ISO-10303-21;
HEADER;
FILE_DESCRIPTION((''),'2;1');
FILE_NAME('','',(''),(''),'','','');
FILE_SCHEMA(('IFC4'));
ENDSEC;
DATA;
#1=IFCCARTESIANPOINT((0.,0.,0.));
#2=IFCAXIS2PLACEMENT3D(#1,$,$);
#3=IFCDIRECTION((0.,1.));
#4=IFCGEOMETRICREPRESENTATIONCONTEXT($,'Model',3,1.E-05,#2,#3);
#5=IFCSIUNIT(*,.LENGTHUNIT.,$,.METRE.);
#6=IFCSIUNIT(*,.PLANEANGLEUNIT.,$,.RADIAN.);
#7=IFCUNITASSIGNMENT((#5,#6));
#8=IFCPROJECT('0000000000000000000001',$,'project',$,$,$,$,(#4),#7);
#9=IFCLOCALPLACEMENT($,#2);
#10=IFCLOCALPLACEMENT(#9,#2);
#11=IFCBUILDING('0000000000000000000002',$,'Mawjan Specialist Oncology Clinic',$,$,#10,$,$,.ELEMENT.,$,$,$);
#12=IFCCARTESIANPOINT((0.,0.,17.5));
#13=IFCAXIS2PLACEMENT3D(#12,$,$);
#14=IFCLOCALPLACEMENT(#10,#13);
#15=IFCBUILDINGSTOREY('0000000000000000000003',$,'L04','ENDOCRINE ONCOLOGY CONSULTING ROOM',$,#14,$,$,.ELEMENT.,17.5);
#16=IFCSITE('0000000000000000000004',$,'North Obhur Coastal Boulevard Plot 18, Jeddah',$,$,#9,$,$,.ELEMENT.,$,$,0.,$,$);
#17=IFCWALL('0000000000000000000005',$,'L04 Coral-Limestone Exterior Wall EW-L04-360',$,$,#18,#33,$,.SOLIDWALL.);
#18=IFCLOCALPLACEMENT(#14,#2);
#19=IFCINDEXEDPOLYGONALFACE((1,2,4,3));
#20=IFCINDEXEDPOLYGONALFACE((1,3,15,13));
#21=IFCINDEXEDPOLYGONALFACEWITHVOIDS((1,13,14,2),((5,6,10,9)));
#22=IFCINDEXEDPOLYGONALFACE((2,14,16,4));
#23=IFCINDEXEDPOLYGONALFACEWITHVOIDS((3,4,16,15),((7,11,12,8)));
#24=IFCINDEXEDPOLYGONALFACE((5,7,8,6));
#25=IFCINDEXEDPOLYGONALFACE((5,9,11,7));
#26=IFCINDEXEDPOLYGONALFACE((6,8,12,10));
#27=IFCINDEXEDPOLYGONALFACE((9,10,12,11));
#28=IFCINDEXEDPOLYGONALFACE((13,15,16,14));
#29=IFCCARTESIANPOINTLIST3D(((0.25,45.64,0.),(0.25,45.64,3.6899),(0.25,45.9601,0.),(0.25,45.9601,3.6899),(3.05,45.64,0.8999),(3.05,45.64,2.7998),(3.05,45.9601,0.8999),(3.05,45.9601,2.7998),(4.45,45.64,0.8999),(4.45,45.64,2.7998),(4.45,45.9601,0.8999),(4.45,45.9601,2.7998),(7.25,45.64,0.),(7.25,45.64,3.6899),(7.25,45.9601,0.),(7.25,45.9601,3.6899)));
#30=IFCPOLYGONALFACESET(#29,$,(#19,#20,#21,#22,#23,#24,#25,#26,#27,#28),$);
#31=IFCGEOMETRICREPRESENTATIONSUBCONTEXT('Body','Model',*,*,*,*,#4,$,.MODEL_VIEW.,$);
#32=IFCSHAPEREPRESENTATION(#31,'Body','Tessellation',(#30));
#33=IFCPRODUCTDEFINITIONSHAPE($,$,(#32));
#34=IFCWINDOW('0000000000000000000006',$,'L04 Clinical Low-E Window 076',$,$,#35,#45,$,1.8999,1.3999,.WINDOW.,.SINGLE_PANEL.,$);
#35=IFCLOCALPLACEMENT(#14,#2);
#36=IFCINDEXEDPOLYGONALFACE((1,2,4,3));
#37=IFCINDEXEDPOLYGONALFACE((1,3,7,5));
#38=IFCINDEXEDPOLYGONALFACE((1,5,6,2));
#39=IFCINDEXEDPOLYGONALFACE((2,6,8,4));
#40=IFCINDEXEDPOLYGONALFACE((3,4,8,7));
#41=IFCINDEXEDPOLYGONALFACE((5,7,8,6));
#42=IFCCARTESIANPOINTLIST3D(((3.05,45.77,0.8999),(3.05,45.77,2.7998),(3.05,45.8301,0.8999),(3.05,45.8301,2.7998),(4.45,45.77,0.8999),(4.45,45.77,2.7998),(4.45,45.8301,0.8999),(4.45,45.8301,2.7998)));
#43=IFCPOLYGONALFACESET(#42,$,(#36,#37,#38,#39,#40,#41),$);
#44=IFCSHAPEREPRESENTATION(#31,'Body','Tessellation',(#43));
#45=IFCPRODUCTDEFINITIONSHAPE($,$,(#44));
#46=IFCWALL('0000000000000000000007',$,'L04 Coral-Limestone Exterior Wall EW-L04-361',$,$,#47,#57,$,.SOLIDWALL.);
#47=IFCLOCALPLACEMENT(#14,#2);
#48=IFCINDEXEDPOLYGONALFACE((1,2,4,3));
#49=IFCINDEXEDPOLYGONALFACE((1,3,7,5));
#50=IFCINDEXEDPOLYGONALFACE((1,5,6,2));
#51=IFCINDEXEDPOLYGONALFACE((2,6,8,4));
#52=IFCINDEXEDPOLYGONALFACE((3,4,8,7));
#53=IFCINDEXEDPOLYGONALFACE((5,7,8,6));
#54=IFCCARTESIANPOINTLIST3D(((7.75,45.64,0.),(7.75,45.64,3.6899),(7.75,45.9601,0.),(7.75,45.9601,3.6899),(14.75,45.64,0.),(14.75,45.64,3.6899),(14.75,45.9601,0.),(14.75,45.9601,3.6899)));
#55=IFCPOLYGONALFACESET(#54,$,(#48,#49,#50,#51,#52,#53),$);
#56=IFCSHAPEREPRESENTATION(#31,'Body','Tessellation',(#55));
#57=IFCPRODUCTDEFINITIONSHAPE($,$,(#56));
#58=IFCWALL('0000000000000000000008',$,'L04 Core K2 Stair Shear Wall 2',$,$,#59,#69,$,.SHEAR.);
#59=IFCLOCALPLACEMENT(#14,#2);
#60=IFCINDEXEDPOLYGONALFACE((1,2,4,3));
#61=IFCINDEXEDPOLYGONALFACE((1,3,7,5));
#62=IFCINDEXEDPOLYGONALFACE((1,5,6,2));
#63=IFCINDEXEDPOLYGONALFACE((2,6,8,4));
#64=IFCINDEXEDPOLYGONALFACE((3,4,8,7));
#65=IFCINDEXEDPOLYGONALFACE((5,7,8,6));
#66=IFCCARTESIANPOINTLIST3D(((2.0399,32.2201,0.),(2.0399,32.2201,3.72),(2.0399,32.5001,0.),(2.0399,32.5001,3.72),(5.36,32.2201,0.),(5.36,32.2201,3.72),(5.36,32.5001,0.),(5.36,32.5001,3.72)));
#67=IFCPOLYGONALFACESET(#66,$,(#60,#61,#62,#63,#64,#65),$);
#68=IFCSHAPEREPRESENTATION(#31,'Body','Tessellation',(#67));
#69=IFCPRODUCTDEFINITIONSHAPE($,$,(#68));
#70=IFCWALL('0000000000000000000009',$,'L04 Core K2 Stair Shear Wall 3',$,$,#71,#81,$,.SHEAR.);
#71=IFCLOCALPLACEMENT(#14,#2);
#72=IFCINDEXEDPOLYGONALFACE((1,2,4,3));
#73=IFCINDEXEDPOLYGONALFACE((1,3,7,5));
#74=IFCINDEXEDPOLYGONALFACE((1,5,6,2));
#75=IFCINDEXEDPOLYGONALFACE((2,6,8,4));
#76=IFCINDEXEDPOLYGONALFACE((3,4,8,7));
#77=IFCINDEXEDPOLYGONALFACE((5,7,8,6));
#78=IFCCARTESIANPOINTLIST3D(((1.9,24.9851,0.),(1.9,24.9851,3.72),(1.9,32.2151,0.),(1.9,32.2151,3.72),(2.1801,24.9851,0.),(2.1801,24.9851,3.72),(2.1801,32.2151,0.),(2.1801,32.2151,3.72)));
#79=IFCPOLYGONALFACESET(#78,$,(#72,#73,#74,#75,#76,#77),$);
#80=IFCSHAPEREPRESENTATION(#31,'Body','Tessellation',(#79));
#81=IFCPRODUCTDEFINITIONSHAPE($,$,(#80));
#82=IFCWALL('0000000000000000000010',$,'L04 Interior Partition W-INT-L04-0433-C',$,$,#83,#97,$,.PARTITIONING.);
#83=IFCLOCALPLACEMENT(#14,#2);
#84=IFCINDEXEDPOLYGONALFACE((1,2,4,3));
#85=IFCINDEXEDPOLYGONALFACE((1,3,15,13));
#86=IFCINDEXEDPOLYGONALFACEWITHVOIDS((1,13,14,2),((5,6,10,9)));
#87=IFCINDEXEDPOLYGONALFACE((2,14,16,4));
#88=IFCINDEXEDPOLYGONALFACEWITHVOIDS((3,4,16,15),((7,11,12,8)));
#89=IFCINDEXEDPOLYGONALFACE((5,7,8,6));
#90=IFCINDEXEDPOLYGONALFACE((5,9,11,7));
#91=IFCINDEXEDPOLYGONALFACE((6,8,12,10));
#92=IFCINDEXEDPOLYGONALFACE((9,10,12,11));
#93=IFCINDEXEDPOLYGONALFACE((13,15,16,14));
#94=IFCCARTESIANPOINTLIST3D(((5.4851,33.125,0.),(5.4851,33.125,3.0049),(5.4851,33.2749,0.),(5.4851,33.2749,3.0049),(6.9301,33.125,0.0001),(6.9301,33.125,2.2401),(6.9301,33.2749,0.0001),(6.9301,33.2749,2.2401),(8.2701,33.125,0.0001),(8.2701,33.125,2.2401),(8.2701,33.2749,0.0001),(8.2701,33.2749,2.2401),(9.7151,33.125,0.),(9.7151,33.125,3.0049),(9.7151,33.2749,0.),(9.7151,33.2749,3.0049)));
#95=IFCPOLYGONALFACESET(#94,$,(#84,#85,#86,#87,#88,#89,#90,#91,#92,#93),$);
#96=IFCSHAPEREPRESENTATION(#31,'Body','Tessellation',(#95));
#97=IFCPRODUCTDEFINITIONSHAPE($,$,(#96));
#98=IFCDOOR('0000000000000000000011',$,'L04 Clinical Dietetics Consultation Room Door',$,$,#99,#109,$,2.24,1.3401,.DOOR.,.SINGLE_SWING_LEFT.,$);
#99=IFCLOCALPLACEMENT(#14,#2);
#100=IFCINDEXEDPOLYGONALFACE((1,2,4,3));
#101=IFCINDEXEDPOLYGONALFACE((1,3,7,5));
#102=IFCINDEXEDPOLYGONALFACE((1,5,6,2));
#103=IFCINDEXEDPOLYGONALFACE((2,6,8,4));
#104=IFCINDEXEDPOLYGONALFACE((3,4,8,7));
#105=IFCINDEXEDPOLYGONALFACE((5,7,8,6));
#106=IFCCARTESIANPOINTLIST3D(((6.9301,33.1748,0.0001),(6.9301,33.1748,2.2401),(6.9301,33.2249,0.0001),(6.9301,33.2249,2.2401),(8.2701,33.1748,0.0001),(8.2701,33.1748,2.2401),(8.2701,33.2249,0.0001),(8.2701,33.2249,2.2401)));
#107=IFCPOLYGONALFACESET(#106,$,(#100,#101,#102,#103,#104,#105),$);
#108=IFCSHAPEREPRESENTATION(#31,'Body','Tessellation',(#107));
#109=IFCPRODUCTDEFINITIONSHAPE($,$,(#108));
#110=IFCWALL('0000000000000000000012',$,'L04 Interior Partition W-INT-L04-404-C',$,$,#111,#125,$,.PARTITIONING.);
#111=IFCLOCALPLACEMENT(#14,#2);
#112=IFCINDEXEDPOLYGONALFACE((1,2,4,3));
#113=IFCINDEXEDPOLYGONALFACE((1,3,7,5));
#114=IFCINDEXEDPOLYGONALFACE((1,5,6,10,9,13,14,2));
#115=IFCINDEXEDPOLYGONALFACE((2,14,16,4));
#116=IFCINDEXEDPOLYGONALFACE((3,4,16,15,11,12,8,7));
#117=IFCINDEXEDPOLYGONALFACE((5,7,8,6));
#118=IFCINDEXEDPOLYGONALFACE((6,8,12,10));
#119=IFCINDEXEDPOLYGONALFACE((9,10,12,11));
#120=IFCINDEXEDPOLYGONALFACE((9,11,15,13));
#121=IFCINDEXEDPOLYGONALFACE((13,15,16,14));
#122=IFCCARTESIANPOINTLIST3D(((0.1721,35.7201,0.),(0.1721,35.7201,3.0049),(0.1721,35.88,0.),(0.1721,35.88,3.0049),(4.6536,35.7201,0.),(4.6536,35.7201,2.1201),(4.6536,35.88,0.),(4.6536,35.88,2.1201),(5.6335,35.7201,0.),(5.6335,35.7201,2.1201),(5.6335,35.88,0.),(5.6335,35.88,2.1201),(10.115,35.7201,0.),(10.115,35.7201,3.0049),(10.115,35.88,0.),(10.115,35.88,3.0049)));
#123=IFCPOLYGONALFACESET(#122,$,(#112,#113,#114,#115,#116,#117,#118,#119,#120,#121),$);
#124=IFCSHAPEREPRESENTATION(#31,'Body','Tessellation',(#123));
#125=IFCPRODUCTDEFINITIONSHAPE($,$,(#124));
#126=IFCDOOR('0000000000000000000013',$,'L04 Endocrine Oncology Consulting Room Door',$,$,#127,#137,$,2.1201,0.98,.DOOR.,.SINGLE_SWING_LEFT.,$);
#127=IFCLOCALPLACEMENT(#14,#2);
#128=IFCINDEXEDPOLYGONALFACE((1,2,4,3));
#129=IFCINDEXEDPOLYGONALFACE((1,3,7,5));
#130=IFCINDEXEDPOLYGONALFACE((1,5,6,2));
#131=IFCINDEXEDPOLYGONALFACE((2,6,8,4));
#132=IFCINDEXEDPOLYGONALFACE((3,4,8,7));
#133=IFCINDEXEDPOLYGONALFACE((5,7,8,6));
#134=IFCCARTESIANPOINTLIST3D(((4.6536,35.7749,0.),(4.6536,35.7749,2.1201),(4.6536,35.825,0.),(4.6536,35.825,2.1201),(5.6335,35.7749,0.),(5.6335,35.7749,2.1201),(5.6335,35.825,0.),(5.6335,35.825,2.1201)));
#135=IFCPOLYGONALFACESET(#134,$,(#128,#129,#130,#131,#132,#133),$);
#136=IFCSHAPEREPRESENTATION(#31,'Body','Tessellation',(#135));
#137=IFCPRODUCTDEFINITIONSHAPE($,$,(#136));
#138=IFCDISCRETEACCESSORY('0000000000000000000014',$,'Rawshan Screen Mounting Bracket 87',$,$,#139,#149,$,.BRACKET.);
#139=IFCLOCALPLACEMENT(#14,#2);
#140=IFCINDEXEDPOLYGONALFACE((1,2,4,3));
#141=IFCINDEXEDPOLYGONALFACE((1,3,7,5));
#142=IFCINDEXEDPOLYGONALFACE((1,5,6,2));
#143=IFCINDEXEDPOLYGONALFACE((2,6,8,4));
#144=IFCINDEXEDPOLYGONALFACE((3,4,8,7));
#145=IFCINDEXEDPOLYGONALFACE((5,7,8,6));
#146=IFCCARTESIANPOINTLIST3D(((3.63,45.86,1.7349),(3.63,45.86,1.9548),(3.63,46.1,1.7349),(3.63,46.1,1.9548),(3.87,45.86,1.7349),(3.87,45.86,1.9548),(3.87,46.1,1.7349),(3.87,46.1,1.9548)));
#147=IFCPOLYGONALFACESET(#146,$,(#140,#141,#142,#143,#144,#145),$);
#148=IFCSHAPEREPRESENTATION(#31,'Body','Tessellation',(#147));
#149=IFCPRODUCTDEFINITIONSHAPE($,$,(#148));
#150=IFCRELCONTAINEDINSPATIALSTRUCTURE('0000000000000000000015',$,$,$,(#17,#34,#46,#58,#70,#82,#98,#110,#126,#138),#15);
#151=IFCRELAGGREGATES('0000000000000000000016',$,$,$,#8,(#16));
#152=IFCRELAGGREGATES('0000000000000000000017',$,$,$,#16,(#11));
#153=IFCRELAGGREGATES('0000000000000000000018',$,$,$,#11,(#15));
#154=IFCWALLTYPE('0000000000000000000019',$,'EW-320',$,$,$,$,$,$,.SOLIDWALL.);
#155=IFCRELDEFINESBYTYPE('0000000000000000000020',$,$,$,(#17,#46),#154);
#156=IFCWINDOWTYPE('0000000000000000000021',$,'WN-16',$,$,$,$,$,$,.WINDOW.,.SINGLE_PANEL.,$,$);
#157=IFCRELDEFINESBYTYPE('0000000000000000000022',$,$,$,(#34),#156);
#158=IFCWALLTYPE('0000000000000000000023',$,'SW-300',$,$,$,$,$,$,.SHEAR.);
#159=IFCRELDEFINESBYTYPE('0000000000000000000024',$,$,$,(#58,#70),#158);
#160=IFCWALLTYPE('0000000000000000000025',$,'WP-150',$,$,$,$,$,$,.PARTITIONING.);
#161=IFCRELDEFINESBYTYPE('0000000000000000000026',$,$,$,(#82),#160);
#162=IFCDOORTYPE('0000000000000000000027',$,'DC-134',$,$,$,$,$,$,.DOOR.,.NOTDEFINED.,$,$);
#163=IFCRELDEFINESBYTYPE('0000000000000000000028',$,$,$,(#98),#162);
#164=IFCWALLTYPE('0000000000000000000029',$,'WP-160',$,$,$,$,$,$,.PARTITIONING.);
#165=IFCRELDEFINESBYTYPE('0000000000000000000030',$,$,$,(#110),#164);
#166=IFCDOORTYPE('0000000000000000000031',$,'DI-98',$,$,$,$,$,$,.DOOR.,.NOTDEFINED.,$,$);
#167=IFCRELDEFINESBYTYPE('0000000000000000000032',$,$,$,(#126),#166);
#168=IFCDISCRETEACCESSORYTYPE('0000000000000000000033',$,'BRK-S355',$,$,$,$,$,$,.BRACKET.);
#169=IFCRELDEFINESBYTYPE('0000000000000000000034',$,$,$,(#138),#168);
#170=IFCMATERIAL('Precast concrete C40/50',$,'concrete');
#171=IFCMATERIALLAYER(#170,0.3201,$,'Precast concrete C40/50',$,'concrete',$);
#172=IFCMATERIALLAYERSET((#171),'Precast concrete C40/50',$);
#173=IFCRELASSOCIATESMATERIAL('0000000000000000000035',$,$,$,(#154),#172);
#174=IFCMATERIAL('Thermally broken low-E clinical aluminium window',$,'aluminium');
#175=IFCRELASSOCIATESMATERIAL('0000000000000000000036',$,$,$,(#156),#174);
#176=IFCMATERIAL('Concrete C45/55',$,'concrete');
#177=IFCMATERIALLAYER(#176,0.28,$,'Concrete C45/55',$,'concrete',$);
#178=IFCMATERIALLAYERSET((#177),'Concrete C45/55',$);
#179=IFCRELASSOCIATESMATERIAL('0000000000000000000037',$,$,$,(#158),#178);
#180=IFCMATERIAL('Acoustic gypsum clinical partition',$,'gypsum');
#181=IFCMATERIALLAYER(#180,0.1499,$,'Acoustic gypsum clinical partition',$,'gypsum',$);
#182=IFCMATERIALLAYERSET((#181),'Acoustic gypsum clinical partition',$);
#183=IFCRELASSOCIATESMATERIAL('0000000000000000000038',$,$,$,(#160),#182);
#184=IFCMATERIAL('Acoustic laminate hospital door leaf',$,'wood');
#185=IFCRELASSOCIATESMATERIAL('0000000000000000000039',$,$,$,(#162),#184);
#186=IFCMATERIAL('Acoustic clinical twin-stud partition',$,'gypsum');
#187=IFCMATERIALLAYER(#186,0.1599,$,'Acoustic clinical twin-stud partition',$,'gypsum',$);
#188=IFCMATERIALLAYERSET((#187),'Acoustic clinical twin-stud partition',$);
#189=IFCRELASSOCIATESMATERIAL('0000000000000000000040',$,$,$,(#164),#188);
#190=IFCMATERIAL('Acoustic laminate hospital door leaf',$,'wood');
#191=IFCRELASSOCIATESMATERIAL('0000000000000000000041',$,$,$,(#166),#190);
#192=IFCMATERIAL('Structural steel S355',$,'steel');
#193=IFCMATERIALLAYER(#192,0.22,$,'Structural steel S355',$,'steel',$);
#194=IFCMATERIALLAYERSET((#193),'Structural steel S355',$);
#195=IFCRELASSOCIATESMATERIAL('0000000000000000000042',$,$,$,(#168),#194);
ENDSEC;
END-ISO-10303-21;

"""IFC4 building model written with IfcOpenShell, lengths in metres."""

from ifc_helpers import new_model, si_unit, direction, frame, frame_2d, origin, origin_2d, place, context, subcontext, project, spatial, rectangle, extrude, material, layer, layer_set, type_object, element, fill, save


model = new_model("IFC4")

# Units and contexts
model_context = context("Model", 3, precision=1e-05, world=origin(), true_north=direction((0.0, 1.0)))
body_context = subcontext(model_context, "Body", "Model", "MODEL_VIEW")
ifc_project = project(units=[si_unit("LENGTHUNIT", "METRE"), si_unit("PLANEANGLEUNIT", "RADIAN")], contexts=[model_context])

# Site, building, storey
site_placement = place(None, origin())
site = spatial("IfcSite", under=ifc_project, at=site_placement, Name="North Obhur Coastal Boulevard Plot 18, Jeddah", CompositionType="ELEMENT", RefElevation=0.0)
building_placement = place(site_placement, origin())
building = spatial("IfcBuilding", under=site, at=building_placement, Name="Mawjan Specialist Oncology Clinic", CompositionType="ELEMENT")
storey_placement = place(building_placement, frame((0.0, 0.0, 17.5)))
storey = spatial("IfcBuildingStorey", under=building, at=storey_placement, Name="L04", Description="ENDOCRINE ONCOLOGY CONSULTING ROOM", CompositionType="ELEMENT", Elevation=17.5)

# Shared definitions
ifc_material_1 = material(Name="Precast concrete C40/50", Category="concrete")
ifc_layer_1 = layer(ifc_material_1, 0.3201, Name="Precast concrete C40/50", Category="concrete")
ifc_layer_set_1 = layer_set([ifc_layer_1], Name="Precast concrete C40/50")
wall_type_1 = type_object("IfcWallType", Name="EW-320", PredefinedType="SOLIDWALL", material=ifc_layer_set_1)

# Wall, opening, window
wall_1_placement = place(storey_placement, frame((0.25, 45.8, 0.0), z_axis=(0.0, 0.0, 1.0), x_axis=(1.0, 0.0, 0.0)))
wall_1 = element("IfcWall", 1, at=wall_1_placement, inside=storey, type_object=wall_type_1, Name="L04 Coral-Limestone Exterior Wall EW-L04-360", PredefinedType="SOLIDWALL", context=body_context, shape_type="SweptSolid", body=[
    extrude(rectangle(XDim=7.0, YDim=0.3201, at=frame_2d((3.5, 0.0))), origin(), (0.0, 0.0, 1.0), 3.6899),
])
opening_1_placement = place(wall_1_placement, frame((2.8, 0.0, 0.8999)))
opening_1 = element("IfcOpeningElement", 2, at=opening_1_placement, cuts=wall_1, PredefinedType="OPENING", context=body_context, shape_type="SweptSolid", body=[
    extrude(rectangle(XDim=1.3999, YDim=1.8999, at=frame_2d((0.7, 0.95))), frame((0.0, 0.1721, 0.0), z_axis=(0.0, -1.0, 0.0), x_axis=(1.0, 0.0, 0.0)), (0.0, 0.0, 1.0), 0.344),
])
ifc_material_2 = material(Name="Thermally broken low-E clinical aluminium window", Category="aluminium")
window_type = type_object("IfcWindowType", Name="WN-16", PartitioningType="SINGLE_PANEL", PredefinedType="WINDOW", material=ifc_material_2)
window_placement = place(opening_1_placement, origin())
window = element("IfcWindow", 3, at=window_placement, inside=storey, type_object=window_type, Name="L04 Clinical Low-E Window 076", OverallHeight=1.8999, OverallWidth=1.3999, PartitioningType="SINGLE_PANEL", PredefinedType="WINDOW", context=body_context, shape_type="SweptSolid", body=[
    extrude(rectangle(XDim=1.3999, YDim=1.8999, at=frame_2d((0.7, 0.95))), frame((0.0, 0.03, 0.0), z_axis=(0.0, -1.0, 0.0), x_axis=(1.0, 0.0, 0.0)), (0.0, 0.0, 1.0), 0.0601),
])
fill(opening_1, window)

# Walls
wall_2_placement = place(storey_placement, frame((7.75, 45.8, 0.0), z_axis=(0.0, 0.0, 1.0), x_axis=(1.0, 0.0, 0.0)))
element("IfcWall", 4, at=wall_2_placement, inside=storey, type_object=wall_type_1, Name="L04 Coral-Limestone Exterior Wall EW-L04-361", PredefinedType="SOLIDWALL", context=body_context, shape_type="SweptSolid", body=[
    extrude(rectangle(XDim=7.0, YDim=0.3201, at=frame_2d((3.5, 0.0))), origin(), (0.0, 0.0, 1.0), 3.6899),
])
ifc_material_3 = material(Name="Concrete C45/55", Category="concrete")
ifc_layer_2 = layer(ifc_material_3, 0.28, Name="Concrete C45/55", Category="concrete")
ifc_layer_set_2 = layer_set([ifc_layer_2], Name="Concrete C45/55")
wall_type_2 = type_object("IfcWallType", Name="SW-300", PredefinedType="SHEAR", material=ifc_layer_set_2)
wall_3_placement = place(storey_placement, frame((5.3601, 32.3601, 0.0), z_axis=(0.0, 0.0, 1.0), x_axis=(-1.0, 0.0, 0.0)))
element("IfcWall", 5, at=wall_3_placement, inside=storey, type_object=wall_type_2, Name="L04 Core K2 Stair Shear Wall 2", PredefinedType="SHEAR", context=body_context, shape_type="SweptSolid", body=[
    extrude(rectangle(XDim=3.3201, YDim=0.28, at=frame_2d((1.6602, 0.0))), origin(), (0.0, 0.0, 1.0), 3.72),
])
wall_4_placement = place(storey_placement, frame((2.04, 32.2151, 0.0), z_axis=(0.0, 0.0, 1.0), x_axis=(0.0, -1.0, 0.0)))
element("IfcWall", 6, at=wall_4_placement, inside=storey, type_object=wall_type_2, Name="L04 Core K2 Stair Shear Wall 3", PredefinedType="SHEAR", context=body_context, shape_type="SweptSolid", body=[
    extrude(rectangle(XDim=7.23, YDim=0.28, at=frame_2d((3.615, 0.0))), origin(), (0.0, 0.0, 1.0), 3.72),
])

# Walls, openings, doors
ifc_material_4 = material(Name="Acoustic gypsum clinical partition", Category="gypsum")
ifc_layer_3 = layer(ifc_material_4, 0.1499, Name="Acoustic gypsum clinical partition", Category="gypsum")
ifc_layer_set_3 = layer_set([ifc_layer_3], Name="Acoustic gypsum clinical partition")
wall_type_3 = type_object("IfcWallType", Name="WP-150", PredefinedType="PARTITIONING", material=ifc_layer_set_3)
wall_5_placement = place(storey_placement, frame((5.4851, 33.2, 0.0), z_axis=(0.0, 0.0, 1.0), x_axis=(1.0, 0.0, 0.0)))
wall_5 = element("IfcWall", 7, at=wall_5_placement, inside=storey, type_object=wall_type_3, Name="L04 Interior Partition W-INT-L04-0433-C", PredefinedType="PARTITIONING", context=body_context, shape_type="SweptSolid", body=[
    extrude(rectangle(XDim=4.23, YDim=0.1499, at=frame_2d((2.115, 0.0))), origin(), (0.0, 0.0, 1.0), 3.0049),
])
opening_2_placement = place(wall_5_placement, frame((1.4451, 0.0, 0.0)))
opening_2 = element("IfcOpeningElement", 8, at=opening_2_placement, cuts=wall_5, PredefinedType="OPENING", context=body_context, shape_type="SweptSolid", body=[
    extrude(rectangle(XDim=1.3401, YDim=2.24, at=frame_2d((0.6699, 1.1201))), frame((0.0, 0.0869, 0.0), z_axis=(0.0, -1.0, 0.0), x_axis=(1.0, 0.0, 0.0)), (0.0, 0.0, 1.0), 0.1738),
])
ifc_material_5 = material(Name="Acoustic laminate hospital door leaf", Category="wood")
door_type_1 = type_object("IfcDoorType", Name="DC-134", OperationType="NOTDEFINED", PredefinedType="DOOR", material=ifc_material_5)
door_1_placement = place(opening_2_placement, origin())
door_1 = element("IfcDoor", 9, at=door_1_placement, inside=storey, type_object=door_type_1, Name="L04 Clinical Dietetics Consultation Room Door", OperationType="SINGLE_SWING_LEFT", OverallHeight=2.24, OverallWidth=1.3401, PredefinedType="DOOR", context=body_context, shape_type="SweptSolid", body=[
    extrude(rectangle(XDim=1.3401, YDim=2.24, at=frame_2d((0.6699, 1.1201))), frame((0.0, 0.0249, 0.0), z_axis=(0.0, -1.0, 0.0), x_axis=(1.0, 0.0, 0.0)), (0.0, 0.0, 1.0), 0.05),
])
fill(opening_2, door_1)
ifc_material_6 = material(Name="Acoustic clinical twin-stud partition", Category="gypsum")
ifc_layer_4 = layer(ifc_material_6, 0.1599, Name="Acoustic clinical twin-stud partition", Category="gypsum")
ifc_layer_set_4 = layer_set([ifc_layer_4], Name="Acoustic clinical twin-stud partition")
wall_type_4 = type_object("IfcWallType", Name="WP-160", PredefinedType="PARTITIONING", material=ifc_layer_set_4)
wall_6_placement = place(storey_placement, frame((0.1721, 35.8, 0.0), z_axis=(0.0, 0.0, 1.0), x_axis=(1.0, 0.0, 0.0)))
wall_6 = element("IfcWall", 10, at=wall_6_placement, inside=storey, type_object=wall_type_4, Name="L04 Interior Partition W-INT-L04-404-C", PredefinedType="PARTITIONING", context=body_context, shape_type="SweptSolid", body=[
    extrude(rectangle(XDim=9.9429, YDim=0.1599, at=frame_2d((4.9714, 0.0))), origin(), (0.0, 0.0, 1.0), 3.0049),
])
opening_3_placement = place(wall_6_placement, frame((4.4814, 0.0, 0.0)))
opening_3 = element("IfcOpeningElement", 11, at=opening_3_placement, cuts=wall_6, PredefinedType="OPENING", context=body_context, shape_type="SweptSolid", body=[
    extrude(rectangle(XDim=0.98, YDim=2.1201, at=frame_2d((0.49, 1.0601))), frame((0.0, 0.092, 0.0), z_axis=(0.0, -1.0, 0.0), x_axis=(1.0, 0.0, 0.0)), (0.0, 0.0, 1.0), 0.1838),
])
ifc_material_7 = material(Name="Acoustic laminate hospital door leaf", Category="wood")
door_type_2 = type_object("IfcDoorType", Name="DI-98", OperationType="NOTDEFINED", PredefinedType="DOOR", material=ifc_material_7)
door_2_placement = place(opening_3_placement, origin())
door_2 = element("IfcDoor", 12, at=door_2_placement, inside=storey, type_object=door_type_2, Name="L04 Endocrine Oncology Consulting Room Door", OperationType="SINGLE_SWING_LEFT", OverallHeight=2.1201, OverallWidth=0.98, PredefinedType="DOOR", context=body_context, shape_type="SweptSolid", body=[
    extrude(rectangle(XDim=0.98, YDim=2.1201, at=frame_2d((0.49, 1.0601))), frame((0.0, 0.0249, 0.0), z_axis=(0.0, -1.0, 0.0), x_axis=(1.0, 0.0, 0.0)), (0.0, 0.0, 1.0), 0.05),
])
fill(opening_3, door_2)

# Discrete accessory
ifc_material_8 = material(Name="Structural steel S355", Category="steel")
ifc_layer_5 = layer(ifc_material_8, 0.22, Name="Structural steel S355", Category="steel")
ifc_layer_set_5 = layer_set([ifc_layer_5], Name="Structural steel S355")
discrete_accessory_type = type_object("IfcDiscreteAccessoryType", Name="BRK-S355", PredefinedType="BRACKET", material=ifc_layer_set_5)
discrete_accessory_placement = place(storey_placement, frame((3.75, 45.98, 1.7349), z_axis=(0.0, 0.0, 1.0), x_axis=(1.0, 0.0, 0.0)))
element("IfcDiscreteAccessory", 13, at=discrete_accessory_placement, inside=storey, type_object=discrete_accessory_type, Name="Rawshan Screen Mounting Bracket 87", PredefinedType="BRACKET", context=body_context, shape_type="SweptSolid", body=[
    extrude(rectangle(XDim=0.24, YDim=0.24, at=origin_2d()), origin(), (0.0, 0.0, 1.0), 0.22),
])

save(model, "model.ifc")
